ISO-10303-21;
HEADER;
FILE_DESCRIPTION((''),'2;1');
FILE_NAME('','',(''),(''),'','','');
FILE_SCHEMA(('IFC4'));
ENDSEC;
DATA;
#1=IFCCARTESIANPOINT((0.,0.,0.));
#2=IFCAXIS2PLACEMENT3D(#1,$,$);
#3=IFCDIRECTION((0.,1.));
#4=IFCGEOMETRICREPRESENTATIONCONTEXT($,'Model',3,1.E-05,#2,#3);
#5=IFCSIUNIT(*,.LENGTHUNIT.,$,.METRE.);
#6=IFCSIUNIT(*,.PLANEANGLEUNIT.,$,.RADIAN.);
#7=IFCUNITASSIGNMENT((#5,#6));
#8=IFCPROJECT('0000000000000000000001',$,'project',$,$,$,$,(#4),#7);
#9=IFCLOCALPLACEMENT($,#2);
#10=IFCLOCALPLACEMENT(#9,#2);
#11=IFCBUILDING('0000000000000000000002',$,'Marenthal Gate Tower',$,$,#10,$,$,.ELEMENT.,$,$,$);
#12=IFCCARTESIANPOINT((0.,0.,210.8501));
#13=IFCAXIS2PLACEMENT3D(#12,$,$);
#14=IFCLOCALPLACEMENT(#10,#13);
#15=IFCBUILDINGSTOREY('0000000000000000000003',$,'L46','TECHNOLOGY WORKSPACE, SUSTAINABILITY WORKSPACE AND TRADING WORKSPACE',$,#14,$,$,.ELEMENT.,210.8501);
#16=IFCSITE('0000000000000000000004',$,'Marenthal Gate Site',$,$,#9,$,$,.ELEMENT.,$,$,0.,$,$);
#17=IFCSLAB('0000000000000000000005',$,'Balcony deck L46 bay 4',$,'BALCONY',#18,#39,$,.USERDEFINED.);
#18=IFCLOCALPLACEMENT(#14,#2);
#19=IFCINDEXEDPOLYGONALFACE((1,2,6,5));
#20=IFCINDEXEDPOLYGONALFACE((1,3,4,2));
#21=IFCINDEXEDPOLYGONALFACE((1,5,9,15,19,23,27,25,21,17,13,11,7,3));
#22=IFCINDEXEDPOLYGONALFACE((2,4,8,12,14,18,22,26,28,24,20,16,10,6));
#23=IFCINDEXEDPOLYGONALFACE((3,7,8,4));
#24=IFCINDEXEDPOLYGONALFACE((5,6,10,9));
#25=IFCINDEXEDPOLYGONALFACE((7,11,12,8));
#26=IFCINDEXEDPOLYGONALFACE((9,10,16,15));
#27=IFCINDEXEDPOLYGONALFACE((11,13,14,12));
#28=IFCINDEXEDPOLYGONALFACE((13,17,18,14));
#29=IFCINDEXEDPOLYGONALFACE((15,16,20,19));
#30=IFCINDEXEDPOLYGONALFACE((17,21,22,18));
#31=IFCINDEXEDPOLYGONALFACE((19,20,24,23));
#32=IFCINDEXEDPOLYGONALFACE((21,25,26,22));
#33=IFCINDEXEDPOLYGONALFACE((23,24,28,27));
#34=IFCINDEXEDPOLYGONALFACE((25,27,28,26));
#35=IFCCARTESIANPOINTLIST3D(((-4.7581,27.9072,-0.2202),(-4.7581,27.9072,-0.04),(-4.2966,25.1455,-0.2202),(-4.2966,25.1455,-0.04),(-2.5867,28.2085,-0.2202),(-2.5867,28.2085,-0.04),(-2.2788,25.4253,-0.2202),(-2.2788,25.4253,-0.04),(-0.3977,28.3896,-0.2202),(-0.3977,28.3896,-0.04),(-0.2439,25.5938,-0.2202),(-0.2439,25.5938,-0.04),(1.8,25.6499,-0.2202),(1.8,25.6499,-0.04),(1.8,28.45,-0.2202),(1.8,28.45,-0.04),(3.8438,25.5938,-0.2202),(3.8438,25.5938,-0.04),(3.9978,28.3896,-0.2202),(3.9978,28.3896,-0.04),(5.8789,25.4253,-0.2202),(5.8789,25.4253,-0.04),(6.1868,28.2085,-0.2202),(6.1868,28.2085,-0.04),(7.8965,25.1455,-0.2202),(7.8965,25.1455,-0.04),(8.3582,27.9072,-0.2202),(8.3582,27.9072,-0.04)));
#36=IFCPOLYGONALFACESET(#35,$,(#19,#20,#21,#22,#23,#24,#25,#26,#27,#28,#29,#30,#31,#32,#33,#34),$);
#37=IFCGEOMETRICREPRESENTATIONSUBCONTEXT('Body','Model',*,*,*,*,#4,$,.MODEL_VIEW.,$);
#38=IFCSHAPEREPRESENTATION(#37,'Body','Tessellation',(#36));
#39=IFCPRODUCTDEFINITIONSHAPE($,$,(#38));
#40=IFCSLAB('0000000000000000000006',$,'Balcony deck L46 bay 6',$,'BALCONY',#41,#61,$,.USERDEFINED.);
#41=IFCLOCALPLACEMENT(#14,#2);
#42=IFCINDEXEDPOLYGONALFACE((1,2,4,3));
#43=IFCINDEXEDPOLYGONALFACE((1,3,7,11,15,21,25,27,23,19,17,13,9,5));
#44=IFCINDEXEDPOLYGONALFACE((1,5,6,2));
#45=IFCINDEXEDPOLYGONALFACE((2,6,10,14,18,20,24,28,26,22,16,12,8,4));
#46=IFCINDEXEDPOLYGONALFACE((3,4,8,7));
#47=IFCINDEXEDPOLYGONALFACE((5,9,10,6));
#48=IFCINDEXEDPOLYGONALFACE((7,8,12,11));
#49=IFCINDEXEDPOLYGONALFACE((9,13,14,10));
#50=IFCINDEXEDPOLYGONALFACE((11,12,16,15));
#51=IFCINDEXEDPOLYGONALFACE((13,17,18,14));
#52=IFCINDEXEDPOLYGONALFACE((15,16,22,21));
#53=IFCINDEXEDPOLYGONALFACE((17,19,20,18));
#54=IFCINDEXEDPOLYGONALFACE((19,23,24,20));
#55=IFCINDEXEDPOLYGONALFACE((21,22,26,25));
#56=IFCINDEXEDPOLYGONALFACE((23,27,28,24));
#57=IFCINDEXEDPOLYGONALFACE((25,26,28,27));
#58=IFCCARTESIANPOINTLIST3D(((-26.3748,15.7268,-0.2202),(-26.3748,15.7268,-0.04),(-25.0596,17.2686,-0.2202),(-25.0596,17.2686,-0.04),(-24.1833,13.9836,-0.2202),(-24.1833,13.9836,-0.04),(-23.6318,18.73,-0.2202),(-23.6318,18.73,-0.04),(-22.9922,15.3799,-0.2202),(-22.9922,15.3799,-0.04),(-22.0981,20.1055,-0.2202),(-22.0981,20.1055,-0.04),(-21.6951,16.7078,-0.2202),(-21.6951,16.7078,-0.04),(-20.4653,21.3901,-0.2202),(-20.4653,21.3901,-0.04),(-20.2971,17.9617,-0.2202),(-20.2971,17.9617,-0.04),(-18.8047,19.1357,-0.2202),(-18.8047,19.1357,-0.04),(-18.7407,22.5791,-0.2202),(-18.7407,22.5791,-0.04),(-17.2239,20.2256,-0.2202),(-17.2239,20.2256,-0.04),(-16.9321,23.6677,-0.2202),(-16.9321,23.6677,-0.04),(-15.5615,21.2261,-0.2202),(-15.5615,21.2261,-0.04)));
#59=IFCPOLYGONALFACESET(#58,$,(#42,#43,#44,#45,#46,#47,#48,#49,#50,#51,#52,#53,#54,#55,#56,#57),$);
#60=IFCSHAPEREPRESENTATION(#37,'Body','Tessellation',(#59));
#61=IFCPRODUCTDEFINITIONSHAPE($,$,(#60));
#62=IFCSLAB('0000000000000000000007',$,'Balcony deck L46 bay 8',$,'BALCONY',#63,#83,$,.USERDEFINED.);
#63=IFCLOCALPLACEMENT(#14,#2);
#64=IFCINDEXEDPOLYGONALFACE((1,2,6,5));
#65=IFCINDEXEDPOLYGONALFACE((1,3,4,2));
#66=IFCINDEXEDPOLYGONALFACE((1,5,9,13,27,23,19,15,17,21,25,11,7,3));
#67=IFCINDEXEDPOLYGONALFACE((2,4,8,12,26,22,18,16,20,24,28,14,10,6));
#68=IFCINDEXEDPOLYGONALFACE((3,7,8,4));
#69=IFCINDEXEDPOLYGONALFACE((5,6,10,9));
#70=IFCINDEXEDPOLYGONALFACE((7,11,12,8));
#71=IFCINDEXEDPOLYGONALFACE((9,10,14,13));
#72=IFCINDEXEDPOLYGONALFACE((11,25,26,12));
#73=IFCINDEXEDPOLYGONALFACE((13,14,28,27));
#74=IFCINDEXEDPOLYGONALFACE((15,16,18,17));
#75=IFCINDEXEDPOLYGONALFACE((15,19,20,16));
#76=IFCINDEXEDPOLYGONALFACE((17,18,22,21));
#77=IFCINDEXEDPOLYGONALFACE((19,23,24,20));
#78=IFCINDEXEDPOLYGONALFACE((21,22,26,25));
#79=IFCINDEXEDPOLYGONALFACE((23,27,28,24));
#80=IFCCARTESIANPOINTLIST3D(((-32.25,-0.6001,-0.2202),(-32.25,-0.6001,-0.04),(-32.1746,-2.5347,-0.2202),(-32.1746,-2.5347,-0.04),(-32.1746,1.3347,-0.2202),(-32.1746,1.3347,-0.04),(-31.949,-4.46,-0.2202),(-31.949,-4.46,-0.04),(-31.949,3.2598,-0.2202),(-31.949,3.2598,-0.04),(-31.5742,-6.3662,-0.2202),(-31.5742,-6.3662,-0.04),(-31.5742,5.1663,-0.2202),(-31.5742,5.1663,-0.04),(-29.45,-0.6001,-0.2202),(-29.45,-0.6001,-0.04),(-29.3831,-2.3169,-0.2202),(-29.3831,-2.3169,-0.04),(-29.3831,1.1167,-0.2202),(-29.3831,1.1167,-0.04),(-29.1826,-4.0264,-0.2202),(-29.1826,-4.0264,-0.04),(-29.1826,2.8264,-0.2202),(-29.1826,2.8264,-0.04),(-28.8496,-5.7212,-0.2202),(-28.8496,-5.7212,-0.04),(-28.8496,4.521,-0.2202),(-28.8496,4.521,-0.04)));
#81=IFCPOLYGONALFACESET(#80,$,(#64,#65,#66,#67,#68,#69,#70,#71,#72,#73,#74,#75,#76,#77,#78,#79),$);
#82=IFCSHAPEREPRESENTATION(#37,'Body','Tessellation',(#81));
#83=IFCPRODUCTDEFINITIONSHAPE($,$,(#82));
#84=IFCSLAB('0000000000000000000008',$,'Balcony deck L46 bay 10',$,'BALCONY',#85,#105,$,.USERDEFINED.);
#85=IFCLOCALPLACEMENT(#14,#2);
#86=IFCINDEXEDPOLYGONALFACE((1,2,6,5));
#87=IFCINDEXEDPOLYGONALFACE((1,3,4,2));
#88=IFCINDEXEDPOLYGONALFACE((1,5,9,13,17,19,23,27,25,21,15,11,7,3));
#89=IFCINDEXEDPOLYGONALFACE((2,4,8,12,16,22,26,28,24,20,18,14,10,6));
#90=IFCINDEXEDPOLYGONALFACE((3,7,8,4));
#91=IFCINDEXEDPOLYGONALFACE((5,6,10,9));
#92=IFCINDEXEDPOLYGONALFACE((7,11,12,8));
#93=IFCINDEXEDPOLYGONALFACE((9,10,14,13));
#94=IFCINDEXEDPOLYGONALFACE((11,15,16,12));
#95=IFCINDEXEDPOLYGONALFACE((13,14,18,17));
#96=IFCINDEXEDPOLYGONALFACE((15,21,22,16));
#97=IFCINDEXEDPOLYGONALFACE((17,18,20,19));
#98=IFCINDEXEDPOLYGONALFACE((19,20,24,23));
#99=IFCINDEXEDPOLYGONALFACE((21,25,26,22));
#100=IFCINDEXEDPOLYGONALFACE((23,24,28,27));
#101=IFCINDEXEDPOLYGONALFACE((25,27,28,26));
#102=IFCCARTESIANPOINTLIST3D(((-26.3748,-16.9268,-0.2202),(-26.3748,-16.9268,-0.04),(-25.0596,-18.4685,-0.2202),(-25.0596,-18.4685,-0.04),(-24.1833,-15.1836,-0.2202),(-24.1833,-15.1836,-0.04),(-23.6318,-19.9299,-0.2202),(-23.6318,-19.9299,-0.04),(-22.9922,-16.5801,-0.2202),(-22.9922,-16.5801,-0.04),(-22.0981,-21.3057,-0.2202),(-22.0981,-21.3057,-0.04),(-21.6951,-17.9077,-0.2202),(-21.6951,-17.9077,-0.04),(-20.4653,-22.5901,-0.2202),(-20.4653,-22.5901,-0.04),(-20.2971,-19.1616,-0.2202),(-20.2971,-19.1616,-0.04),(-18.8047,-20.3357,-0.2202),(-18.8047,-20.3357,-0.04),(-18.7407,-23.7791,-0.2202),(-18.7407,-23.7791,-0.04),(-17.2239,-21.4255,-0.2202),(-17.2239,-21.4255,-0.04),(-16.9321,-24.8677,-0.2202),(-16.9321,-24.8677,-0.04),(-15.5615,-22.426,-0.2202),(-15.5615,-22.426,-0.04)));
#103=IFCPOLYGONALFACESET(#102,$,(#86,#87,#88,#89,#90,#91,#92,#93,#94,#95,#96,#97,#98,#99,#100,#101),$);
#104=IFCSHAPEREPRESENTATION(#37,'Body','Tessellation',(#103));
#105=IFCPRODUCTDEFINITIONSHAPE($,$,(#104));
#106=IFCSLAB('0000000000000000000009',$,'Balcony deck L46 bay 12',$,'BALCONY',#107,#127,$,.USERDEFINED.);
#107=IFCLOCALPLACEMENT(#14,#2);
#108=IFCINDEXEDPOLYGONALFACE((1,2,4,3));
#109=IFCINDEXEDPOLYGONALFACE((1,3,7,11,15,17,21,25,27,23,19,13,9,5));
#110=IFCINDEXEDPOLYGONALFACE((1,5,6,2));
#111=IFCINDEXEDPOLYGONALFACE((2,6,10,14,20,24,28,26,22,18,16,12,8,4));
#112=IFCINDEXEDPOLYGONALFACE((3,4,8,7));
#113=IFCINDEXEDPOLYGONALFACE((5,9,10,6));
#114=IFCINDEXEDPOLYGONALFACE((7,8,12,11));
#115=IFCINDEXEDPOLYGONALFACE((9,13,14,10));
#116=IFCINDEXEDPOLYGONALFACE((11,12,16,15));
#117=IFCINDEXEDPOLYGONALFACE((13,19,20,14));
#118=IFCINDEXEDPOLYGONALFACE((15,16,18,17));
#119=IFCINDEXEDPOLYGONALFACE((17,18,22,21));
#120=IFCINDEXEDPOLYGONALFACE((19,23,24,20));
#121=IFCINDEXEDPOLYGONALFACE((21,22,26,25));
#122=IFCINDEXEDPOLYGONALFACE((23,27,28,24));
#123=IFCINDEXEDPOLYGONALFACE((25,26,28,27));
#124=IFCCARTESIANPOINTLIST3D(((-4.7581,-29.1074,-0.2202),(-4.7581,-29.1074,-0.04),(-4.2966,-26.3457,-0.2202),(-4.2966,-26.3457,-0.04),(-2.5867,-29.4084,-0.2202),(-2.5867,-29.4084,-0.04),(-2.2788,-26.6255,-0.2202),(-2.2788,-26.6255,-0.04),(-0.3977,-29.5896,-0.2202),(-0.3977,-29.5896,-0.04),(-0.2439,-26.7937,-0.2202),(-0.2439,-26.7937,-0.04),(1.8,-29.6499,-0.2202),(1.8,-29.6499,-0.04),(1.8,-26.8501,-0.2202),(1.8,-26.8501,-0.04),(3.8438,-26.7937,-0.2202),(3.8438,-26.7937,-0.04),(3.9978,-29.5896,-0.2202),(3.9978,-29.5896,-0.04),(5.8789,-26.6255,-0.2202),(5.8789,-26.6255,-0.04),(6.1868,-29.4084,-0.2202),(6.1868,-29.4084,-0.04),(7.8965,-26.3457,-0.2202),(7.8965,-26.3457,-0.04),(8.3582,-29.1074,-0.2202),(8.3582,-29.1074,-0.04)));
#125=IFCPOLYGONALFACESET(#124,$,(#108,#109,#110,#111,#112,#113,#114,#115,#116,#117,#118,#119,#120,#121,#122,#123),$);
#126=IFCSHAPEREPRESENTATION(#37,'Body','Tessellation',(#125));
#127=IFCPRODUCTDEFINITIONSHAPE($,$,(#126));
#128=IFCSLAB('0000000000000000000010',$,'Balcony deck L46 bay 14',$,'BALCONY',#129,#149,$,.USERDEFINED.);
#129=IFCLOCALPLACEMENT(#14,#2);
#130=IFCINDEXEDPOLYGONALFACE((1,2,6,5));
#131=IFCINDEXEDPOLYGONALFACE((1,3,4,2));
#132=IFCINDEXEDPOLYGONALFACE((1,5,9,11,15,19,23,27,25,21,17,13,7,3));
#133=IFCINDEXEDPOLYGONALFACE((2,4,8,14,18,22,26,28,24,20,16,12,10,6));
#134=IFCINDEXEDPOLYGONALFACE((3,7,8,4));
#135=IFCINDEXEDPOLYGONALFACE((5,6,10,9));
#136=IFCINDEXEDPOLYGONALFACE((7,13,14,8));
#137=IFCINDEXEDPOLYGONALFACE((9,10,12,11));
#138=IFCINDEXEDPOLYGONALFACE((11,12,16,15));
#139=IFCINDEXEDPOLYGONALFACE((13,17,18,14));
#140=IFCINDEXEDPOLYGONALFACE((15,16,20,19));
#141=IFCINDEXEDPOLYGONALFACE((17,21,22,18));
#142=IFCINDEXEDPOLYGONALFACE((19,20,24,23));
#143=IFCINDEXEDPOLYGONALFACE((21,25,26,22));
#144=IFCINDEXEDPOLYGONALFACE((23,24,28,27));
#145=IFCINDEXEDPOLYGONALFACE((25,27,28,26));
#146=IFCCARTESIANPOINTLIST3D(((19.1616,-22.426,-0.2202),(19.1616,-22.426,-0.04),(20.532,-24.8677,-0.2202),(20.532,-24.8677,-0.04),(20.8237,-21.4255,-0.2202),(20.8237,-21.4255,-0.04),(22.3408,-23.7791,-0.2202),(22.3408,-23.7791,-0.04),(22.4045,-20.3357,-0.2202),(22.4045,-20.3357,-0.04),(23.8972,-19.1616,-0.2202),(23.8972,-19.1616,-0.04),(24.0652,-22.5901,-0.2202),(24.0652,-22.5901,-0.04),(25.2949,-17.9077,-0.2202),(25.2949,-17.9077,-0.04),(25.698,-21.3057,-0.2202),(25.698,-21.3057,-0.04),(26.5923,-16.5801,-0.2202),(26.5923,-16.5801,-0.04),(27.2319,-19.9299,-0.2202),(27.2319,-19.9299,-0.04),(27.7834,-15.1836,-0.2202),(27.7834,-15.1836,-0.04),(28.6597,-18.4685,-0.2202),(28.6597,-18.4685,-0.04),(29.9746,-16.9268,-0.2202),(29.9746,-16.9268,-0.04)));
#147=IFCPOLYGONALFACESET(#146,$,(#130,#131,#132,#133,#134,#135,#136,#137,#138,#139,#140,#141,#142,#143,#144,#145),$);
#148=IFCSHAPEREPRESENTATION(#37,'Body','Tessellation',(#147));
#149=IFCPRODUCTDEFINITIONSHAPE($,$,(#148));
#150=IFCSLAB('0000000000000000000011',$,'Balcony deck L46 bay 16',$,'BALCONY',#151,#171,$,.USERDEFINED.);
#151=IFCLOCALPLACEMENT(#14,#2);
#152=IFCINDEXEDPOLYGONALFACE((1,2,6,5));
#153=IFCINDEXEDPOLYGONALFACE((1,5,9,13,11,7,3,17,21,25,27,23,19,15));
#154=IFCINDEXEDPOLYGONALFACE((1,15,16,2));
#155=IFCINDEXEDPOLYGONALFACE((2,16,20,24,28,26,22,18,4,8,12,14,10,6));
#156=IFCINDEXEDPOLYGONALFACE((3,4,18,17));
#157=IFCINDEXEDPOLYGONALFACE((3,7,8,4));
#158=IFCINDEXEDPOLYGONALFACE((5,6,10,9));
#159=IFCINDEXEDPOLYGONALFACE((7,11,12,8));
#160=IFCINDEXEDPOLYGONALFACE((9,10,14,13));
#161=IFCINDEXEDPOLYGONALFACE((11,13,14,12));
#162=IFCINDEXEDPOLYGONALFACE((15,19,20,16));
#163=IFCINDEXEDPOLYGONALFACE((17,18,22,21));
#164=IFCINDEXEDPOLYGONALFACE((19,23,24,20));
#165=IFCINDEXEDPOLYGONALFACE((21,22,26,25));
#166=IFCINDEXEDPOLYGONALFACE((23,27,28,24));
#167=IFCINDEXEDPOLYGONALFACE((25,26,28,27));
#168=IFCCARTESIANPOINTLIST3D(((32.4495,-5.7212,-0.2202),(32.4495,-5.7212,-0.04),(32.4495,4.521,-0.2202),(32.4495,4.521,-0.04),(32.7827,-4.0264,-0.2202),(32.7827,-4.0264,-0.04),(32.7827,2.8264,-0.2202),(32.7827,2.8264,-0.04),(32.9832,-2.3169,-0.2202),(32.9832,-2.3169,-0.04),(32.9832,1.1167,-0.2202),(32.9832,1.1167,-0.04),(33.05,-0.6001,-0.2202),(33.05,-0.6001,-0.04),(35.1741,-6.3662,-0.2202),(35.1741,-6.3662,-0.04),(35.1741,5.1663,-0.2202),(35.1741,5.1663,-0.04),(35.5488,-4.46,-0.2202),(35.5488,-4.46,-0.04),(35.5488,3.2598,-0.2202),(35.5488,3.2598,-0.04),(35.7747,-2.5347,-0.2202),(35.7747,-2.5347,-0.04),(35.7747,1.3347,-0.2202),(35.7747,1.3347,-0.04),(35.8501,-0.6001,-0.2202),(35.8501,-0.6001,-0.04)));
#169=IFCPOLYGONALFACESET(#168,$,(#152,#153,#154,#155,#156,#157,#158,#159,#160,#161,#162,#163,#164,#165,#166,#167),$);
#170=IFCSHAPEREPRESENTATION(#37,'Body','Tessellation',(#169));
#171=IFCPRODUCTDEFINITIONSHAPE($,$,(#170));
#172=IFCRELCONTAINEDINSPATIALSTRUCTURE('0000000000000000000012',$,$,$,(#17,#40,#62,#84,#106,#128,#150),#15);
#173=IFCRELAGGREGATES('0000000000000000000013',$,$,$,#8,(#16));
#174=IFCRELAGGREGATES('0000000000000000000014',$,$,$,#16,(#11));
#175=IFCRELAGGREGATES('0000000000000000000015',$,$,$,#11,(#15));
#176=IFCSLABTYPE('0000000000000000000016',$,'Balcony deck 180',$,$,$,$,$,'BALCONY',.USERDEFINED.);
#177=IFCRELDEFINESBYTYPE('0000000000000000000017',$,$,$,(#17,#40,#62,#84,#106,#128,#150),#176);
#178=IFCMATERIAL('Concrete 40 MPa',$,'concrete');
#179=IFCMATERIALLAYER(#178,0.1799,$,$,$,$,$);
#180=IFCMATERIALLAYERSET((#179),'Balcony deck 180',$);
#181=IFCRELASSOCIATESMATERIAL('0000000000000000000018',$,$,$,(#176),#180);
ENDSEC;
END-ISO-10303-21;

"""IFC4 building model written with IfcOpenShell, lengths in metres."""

from ifc_helpers import new_model, si_unit, direction, frame, origin, place, context, subcontext, project, spatial, polyline, outline, extrude, material, layer, layer_set, type_object, element, save


model = new_model("IFC4")

# Units and contexts
model_context = context("Model", 3, precision=1e-05, world=origin(), true_north=direction((0.0, 1.0)))
body_context = subcontext(model_context, "Body", "Model", "MODEL_VIEW")
ifc_project = project(units=[si_unit("LENGTHUNIT", "METRE"), si_unit("PLANEANGLEUNIT", "RADIAN")], contexts=[model_context])

# Site, building, storey
site_placement = place(None, origin())
site = spatial("IfcSite", under=ifc_project, at=site_placement, Name="Marenthal Gate Site", CompositionType="ELEMENT", RefElevation=0.0)
building_placement = place(site_placement, origin())
building = spatial("IfcBuilding", under=site, at=building_placement, Name="Marenthal Gate Tower", CompositionType="ELEMENT")
storey_placement = place(building_placement, frame((0.0, 0.0, 210.8501)))
storey = spatial("IfcBuildingStorey", under=building, at=storey_placement, Name="L46", Description="TECHNOLOGY WORKSPACE, SUSTAINABILITY WORKSPACE AND TRADING WORKSPACE", CompositionType="ELEMENT", Elevation=210.8501)

# Slabs
ifc_material_1 = material(Name="Concrete 40 MPa", Category="concrete")
ifc_layer_1 = layer(ifc_material_1, 0.1799)
ifc_layer_set_1 = layer_set([ifc_layer_1], Name="Balcony deck 180")
slab_type = type_object("IfcSlabType", Name="Balcony deck 180", ElementType="BALCONY", PredefinedType="USERDEFINED", material=ifc_layer_set_1)
slab_1_placement = place(storey_placement, frame((0.0, 0.0, -0.2202)))
element("IfcSlab", 1, at=slab_1_placement, inside=storey, type_object=slab_type, Name="Balcony deck L46 bay 4", ObjectType="BALCONY", PredefinedType="USERDEFINED", context=body_context, shape_type="SweptSolid", body=[
    extrude(outline(polyline([(7.8965, 25.1455), (5.8789, 25.4253), (3.8438, 25.5938), (1.8, 25.6499), (-0.2439, 25.5938), (-2.2788, 25.4253), (-4.2966, 25.1455), (-4.7581, 27.9072), (-2.5867, 28.2085), (-0.3977, 28.3896), (1.8, 28.45), (3.9978, 28.3896), (6.1868, 28.2085), (8.3582, 27.9072), (7.8965, 25.1455)])), origin(), (0.0, 0.0, 1.0), 0.1802),
])
slab_2_placement = place(storey_placement, frame((0.0, 0.0, -0.2202)))
element("IfcSlab", 2, at=slab_2_placement, inside=storey, type_object=slab_type, Name="Balcony deck L46 bay 6", ObjectType="BALCONY", PredefinedType="USERDEFINED", context=body_context, shape_type="SweptSolid", body=[
    extrude(outline(polyline([(-15.5615, 21.2261), (-17.2239, 20.2256), (-18.8047, 19.1357), (-20.2971, 17.9617), (-21.6951, 16.7078), (-22.9922, 15.3799), (-24.1833, 13.9836), (-26.3748, 15.7268), (-25.0596, 17.2686), (-23.6318, 18.73), (-22.0981, 20.1055), (-20.4653, 21.3901), (-18.7407, 22.5791), (-16.9321, 23.6677), (-15.5615, 21.2261)])), origin(), (0.0, 0.0, 1.0), 0.1802),
])
slab_3_placement = place(storey_placement, frame((0.0, 0.0, -0.2202)))
element("IfcSlab", 3, at=slab_3_placement, inside=storey, type_object=slab_type, Name="Balcony deck L46 bay 8", ObjectType="BALCONY", PredefinedType="USERDEFINED", context=body_context, shape_type="SweptSolid", body=[
    extrude(outline(polyline([(-28.8496, 4.521), (-29.1826, 2.8264), (-29.3831, 1.1167), (-29.45, -0.6001), (-29.3831, -2.3169), (-29.1826, -4.0264), (-28.8496, -5.7212), (-31.5742, -6.3662), (-31.949, -4.46), (-32.1746, -2.5347), (-32.25, -0.6001), (-32.1746, 1.3347), (-31.949, 3.2598), (-31.5742, 5.1663), (-28.8496, 4.521)])), origin(), (0.0, 0.0, 1.0), 0.1802),
])
slab_4_placement = place(storey_placement, frame((0.0, 0.0, -0.2202)))
element("IfcSlab", 4, at=slab_4_placement, inside=storey, type_object=slab_type, Name="Balcony deck L46 bay 10", ObjectType="BALCONY", PredefinedType="USERDEFINED", context=body_context, shape_type="SweptSolid", body=[
    extrude(outline(polyline([(-24.1833, -15.1836), (-22.9922, -16.5801), (-21.6951, -17.9077), (-20.2971, -19.1616), (-18.8047, -20.3357), (-17.2239, -21.4255), (-15.5615, -22.426), (-16.9321, -24.8677), (-18.7407, -23.7791), (-20.4653, -22.5901), (-22.0981, -21.3057), (-23.6318, -19.9299), (-25.0596, -18.4685), (-26.3748, -16.9268), (-24.1833, -15.1836)])), origin(), (0.0, 0.0, 1.0), 0.1802),
])
slab_5_placement = place(storey_placement, frame((0.0, 0.0, -0.2202)))
element("IfcSlab", 5, at=slab_5_placement, inside=storey, type_object=slab_type, Name="Balcony deck L46 bay 12", ObjectType="BALCONY", PredefinedType="USERDEFINED", context=body_context, shape_type="SweptSolid", body=[
    extrude(outline(polyline([(-4.2966, -26.3457), (-2.2788, -26.6255), (-0.2439, -26.7937), (1.8, -26.8501), (3.8438, -26.7937), (5.8789, -26.6255), (7.8965, -26.3457), (8.3582, -29.1074), (6.1868, -29.4084), (3.9978, -29.5896), (1.8, -29.6499), (-0.3977, -29.5896), (-2.5867, -29.4084), (-4.7581, -29.1074), (-4.2966, -26.3457)])), origin(), (0.0, 0.0, 1.0), 0.1802),
])
slab_6_placement = place(storey_placement, frame((0.0, 0.0, -0.2202)))
element("IfcSlab", 6, at=slab_6_placement, inside=storey, type_object=slab_type, Name="Balcony deck L46 bay 14", ObjectType="BALCONY", PredefinedType="USERDEFINED", context=body_context, shape_type="SweptSolid", body=[
    extrude(outline(polyline([(19.1616, -22.426), (20.8237, -21.4255), (22.4045, -20.3357), (23.8972, -19.1616), (25.2949, -17.9077), (26.5923, -16.5801), (27.7834, -15.1836), (29.9746, -16.9268), (28.6597, -18.4685), (27.2319, -19.9299), (25.698, -21.3057), (24.0652, -22.5901), (22.3408, -23.7791), (20.532, -24.8677), (19.1616, -22.426)])), origin(), (0.0, 0.0, 1.0), 0.1802),
])
slab_7_placement = place(storey_placement, frame((0.0, 0.0, -0.2202)))
element("IfcSlab", 7, at=slab_7_placement, inside=storey, type_object=slab_type, Name="Balcony deck L46 bay 16", ObjectType="BALCONY", PredefinedType="USERDEFINED", context=body_context, shape_type="SweptSolid", body=[
    extrude(outline(polyline([(32.4495, -5.7212), (32.7827, -4.0264), (32.9832, -2.3169), (33.05, -0.6001), (32.9832, 1.1167), (32.7827, 2.8264), (32.4495, 4.521), (35.1741, 5.1663), (35.5488, 3.2598), (35.7747, 1.3347), (35.8501, -0.6001), (35.7747, -2.5347), (35.5488, -4.46), (35.1741, -6.3662), (32.4495, -5.7212)])), origin(), (0.0, 0.0, 1.0), 0.1802),
])

save(model, "model.ifc")
